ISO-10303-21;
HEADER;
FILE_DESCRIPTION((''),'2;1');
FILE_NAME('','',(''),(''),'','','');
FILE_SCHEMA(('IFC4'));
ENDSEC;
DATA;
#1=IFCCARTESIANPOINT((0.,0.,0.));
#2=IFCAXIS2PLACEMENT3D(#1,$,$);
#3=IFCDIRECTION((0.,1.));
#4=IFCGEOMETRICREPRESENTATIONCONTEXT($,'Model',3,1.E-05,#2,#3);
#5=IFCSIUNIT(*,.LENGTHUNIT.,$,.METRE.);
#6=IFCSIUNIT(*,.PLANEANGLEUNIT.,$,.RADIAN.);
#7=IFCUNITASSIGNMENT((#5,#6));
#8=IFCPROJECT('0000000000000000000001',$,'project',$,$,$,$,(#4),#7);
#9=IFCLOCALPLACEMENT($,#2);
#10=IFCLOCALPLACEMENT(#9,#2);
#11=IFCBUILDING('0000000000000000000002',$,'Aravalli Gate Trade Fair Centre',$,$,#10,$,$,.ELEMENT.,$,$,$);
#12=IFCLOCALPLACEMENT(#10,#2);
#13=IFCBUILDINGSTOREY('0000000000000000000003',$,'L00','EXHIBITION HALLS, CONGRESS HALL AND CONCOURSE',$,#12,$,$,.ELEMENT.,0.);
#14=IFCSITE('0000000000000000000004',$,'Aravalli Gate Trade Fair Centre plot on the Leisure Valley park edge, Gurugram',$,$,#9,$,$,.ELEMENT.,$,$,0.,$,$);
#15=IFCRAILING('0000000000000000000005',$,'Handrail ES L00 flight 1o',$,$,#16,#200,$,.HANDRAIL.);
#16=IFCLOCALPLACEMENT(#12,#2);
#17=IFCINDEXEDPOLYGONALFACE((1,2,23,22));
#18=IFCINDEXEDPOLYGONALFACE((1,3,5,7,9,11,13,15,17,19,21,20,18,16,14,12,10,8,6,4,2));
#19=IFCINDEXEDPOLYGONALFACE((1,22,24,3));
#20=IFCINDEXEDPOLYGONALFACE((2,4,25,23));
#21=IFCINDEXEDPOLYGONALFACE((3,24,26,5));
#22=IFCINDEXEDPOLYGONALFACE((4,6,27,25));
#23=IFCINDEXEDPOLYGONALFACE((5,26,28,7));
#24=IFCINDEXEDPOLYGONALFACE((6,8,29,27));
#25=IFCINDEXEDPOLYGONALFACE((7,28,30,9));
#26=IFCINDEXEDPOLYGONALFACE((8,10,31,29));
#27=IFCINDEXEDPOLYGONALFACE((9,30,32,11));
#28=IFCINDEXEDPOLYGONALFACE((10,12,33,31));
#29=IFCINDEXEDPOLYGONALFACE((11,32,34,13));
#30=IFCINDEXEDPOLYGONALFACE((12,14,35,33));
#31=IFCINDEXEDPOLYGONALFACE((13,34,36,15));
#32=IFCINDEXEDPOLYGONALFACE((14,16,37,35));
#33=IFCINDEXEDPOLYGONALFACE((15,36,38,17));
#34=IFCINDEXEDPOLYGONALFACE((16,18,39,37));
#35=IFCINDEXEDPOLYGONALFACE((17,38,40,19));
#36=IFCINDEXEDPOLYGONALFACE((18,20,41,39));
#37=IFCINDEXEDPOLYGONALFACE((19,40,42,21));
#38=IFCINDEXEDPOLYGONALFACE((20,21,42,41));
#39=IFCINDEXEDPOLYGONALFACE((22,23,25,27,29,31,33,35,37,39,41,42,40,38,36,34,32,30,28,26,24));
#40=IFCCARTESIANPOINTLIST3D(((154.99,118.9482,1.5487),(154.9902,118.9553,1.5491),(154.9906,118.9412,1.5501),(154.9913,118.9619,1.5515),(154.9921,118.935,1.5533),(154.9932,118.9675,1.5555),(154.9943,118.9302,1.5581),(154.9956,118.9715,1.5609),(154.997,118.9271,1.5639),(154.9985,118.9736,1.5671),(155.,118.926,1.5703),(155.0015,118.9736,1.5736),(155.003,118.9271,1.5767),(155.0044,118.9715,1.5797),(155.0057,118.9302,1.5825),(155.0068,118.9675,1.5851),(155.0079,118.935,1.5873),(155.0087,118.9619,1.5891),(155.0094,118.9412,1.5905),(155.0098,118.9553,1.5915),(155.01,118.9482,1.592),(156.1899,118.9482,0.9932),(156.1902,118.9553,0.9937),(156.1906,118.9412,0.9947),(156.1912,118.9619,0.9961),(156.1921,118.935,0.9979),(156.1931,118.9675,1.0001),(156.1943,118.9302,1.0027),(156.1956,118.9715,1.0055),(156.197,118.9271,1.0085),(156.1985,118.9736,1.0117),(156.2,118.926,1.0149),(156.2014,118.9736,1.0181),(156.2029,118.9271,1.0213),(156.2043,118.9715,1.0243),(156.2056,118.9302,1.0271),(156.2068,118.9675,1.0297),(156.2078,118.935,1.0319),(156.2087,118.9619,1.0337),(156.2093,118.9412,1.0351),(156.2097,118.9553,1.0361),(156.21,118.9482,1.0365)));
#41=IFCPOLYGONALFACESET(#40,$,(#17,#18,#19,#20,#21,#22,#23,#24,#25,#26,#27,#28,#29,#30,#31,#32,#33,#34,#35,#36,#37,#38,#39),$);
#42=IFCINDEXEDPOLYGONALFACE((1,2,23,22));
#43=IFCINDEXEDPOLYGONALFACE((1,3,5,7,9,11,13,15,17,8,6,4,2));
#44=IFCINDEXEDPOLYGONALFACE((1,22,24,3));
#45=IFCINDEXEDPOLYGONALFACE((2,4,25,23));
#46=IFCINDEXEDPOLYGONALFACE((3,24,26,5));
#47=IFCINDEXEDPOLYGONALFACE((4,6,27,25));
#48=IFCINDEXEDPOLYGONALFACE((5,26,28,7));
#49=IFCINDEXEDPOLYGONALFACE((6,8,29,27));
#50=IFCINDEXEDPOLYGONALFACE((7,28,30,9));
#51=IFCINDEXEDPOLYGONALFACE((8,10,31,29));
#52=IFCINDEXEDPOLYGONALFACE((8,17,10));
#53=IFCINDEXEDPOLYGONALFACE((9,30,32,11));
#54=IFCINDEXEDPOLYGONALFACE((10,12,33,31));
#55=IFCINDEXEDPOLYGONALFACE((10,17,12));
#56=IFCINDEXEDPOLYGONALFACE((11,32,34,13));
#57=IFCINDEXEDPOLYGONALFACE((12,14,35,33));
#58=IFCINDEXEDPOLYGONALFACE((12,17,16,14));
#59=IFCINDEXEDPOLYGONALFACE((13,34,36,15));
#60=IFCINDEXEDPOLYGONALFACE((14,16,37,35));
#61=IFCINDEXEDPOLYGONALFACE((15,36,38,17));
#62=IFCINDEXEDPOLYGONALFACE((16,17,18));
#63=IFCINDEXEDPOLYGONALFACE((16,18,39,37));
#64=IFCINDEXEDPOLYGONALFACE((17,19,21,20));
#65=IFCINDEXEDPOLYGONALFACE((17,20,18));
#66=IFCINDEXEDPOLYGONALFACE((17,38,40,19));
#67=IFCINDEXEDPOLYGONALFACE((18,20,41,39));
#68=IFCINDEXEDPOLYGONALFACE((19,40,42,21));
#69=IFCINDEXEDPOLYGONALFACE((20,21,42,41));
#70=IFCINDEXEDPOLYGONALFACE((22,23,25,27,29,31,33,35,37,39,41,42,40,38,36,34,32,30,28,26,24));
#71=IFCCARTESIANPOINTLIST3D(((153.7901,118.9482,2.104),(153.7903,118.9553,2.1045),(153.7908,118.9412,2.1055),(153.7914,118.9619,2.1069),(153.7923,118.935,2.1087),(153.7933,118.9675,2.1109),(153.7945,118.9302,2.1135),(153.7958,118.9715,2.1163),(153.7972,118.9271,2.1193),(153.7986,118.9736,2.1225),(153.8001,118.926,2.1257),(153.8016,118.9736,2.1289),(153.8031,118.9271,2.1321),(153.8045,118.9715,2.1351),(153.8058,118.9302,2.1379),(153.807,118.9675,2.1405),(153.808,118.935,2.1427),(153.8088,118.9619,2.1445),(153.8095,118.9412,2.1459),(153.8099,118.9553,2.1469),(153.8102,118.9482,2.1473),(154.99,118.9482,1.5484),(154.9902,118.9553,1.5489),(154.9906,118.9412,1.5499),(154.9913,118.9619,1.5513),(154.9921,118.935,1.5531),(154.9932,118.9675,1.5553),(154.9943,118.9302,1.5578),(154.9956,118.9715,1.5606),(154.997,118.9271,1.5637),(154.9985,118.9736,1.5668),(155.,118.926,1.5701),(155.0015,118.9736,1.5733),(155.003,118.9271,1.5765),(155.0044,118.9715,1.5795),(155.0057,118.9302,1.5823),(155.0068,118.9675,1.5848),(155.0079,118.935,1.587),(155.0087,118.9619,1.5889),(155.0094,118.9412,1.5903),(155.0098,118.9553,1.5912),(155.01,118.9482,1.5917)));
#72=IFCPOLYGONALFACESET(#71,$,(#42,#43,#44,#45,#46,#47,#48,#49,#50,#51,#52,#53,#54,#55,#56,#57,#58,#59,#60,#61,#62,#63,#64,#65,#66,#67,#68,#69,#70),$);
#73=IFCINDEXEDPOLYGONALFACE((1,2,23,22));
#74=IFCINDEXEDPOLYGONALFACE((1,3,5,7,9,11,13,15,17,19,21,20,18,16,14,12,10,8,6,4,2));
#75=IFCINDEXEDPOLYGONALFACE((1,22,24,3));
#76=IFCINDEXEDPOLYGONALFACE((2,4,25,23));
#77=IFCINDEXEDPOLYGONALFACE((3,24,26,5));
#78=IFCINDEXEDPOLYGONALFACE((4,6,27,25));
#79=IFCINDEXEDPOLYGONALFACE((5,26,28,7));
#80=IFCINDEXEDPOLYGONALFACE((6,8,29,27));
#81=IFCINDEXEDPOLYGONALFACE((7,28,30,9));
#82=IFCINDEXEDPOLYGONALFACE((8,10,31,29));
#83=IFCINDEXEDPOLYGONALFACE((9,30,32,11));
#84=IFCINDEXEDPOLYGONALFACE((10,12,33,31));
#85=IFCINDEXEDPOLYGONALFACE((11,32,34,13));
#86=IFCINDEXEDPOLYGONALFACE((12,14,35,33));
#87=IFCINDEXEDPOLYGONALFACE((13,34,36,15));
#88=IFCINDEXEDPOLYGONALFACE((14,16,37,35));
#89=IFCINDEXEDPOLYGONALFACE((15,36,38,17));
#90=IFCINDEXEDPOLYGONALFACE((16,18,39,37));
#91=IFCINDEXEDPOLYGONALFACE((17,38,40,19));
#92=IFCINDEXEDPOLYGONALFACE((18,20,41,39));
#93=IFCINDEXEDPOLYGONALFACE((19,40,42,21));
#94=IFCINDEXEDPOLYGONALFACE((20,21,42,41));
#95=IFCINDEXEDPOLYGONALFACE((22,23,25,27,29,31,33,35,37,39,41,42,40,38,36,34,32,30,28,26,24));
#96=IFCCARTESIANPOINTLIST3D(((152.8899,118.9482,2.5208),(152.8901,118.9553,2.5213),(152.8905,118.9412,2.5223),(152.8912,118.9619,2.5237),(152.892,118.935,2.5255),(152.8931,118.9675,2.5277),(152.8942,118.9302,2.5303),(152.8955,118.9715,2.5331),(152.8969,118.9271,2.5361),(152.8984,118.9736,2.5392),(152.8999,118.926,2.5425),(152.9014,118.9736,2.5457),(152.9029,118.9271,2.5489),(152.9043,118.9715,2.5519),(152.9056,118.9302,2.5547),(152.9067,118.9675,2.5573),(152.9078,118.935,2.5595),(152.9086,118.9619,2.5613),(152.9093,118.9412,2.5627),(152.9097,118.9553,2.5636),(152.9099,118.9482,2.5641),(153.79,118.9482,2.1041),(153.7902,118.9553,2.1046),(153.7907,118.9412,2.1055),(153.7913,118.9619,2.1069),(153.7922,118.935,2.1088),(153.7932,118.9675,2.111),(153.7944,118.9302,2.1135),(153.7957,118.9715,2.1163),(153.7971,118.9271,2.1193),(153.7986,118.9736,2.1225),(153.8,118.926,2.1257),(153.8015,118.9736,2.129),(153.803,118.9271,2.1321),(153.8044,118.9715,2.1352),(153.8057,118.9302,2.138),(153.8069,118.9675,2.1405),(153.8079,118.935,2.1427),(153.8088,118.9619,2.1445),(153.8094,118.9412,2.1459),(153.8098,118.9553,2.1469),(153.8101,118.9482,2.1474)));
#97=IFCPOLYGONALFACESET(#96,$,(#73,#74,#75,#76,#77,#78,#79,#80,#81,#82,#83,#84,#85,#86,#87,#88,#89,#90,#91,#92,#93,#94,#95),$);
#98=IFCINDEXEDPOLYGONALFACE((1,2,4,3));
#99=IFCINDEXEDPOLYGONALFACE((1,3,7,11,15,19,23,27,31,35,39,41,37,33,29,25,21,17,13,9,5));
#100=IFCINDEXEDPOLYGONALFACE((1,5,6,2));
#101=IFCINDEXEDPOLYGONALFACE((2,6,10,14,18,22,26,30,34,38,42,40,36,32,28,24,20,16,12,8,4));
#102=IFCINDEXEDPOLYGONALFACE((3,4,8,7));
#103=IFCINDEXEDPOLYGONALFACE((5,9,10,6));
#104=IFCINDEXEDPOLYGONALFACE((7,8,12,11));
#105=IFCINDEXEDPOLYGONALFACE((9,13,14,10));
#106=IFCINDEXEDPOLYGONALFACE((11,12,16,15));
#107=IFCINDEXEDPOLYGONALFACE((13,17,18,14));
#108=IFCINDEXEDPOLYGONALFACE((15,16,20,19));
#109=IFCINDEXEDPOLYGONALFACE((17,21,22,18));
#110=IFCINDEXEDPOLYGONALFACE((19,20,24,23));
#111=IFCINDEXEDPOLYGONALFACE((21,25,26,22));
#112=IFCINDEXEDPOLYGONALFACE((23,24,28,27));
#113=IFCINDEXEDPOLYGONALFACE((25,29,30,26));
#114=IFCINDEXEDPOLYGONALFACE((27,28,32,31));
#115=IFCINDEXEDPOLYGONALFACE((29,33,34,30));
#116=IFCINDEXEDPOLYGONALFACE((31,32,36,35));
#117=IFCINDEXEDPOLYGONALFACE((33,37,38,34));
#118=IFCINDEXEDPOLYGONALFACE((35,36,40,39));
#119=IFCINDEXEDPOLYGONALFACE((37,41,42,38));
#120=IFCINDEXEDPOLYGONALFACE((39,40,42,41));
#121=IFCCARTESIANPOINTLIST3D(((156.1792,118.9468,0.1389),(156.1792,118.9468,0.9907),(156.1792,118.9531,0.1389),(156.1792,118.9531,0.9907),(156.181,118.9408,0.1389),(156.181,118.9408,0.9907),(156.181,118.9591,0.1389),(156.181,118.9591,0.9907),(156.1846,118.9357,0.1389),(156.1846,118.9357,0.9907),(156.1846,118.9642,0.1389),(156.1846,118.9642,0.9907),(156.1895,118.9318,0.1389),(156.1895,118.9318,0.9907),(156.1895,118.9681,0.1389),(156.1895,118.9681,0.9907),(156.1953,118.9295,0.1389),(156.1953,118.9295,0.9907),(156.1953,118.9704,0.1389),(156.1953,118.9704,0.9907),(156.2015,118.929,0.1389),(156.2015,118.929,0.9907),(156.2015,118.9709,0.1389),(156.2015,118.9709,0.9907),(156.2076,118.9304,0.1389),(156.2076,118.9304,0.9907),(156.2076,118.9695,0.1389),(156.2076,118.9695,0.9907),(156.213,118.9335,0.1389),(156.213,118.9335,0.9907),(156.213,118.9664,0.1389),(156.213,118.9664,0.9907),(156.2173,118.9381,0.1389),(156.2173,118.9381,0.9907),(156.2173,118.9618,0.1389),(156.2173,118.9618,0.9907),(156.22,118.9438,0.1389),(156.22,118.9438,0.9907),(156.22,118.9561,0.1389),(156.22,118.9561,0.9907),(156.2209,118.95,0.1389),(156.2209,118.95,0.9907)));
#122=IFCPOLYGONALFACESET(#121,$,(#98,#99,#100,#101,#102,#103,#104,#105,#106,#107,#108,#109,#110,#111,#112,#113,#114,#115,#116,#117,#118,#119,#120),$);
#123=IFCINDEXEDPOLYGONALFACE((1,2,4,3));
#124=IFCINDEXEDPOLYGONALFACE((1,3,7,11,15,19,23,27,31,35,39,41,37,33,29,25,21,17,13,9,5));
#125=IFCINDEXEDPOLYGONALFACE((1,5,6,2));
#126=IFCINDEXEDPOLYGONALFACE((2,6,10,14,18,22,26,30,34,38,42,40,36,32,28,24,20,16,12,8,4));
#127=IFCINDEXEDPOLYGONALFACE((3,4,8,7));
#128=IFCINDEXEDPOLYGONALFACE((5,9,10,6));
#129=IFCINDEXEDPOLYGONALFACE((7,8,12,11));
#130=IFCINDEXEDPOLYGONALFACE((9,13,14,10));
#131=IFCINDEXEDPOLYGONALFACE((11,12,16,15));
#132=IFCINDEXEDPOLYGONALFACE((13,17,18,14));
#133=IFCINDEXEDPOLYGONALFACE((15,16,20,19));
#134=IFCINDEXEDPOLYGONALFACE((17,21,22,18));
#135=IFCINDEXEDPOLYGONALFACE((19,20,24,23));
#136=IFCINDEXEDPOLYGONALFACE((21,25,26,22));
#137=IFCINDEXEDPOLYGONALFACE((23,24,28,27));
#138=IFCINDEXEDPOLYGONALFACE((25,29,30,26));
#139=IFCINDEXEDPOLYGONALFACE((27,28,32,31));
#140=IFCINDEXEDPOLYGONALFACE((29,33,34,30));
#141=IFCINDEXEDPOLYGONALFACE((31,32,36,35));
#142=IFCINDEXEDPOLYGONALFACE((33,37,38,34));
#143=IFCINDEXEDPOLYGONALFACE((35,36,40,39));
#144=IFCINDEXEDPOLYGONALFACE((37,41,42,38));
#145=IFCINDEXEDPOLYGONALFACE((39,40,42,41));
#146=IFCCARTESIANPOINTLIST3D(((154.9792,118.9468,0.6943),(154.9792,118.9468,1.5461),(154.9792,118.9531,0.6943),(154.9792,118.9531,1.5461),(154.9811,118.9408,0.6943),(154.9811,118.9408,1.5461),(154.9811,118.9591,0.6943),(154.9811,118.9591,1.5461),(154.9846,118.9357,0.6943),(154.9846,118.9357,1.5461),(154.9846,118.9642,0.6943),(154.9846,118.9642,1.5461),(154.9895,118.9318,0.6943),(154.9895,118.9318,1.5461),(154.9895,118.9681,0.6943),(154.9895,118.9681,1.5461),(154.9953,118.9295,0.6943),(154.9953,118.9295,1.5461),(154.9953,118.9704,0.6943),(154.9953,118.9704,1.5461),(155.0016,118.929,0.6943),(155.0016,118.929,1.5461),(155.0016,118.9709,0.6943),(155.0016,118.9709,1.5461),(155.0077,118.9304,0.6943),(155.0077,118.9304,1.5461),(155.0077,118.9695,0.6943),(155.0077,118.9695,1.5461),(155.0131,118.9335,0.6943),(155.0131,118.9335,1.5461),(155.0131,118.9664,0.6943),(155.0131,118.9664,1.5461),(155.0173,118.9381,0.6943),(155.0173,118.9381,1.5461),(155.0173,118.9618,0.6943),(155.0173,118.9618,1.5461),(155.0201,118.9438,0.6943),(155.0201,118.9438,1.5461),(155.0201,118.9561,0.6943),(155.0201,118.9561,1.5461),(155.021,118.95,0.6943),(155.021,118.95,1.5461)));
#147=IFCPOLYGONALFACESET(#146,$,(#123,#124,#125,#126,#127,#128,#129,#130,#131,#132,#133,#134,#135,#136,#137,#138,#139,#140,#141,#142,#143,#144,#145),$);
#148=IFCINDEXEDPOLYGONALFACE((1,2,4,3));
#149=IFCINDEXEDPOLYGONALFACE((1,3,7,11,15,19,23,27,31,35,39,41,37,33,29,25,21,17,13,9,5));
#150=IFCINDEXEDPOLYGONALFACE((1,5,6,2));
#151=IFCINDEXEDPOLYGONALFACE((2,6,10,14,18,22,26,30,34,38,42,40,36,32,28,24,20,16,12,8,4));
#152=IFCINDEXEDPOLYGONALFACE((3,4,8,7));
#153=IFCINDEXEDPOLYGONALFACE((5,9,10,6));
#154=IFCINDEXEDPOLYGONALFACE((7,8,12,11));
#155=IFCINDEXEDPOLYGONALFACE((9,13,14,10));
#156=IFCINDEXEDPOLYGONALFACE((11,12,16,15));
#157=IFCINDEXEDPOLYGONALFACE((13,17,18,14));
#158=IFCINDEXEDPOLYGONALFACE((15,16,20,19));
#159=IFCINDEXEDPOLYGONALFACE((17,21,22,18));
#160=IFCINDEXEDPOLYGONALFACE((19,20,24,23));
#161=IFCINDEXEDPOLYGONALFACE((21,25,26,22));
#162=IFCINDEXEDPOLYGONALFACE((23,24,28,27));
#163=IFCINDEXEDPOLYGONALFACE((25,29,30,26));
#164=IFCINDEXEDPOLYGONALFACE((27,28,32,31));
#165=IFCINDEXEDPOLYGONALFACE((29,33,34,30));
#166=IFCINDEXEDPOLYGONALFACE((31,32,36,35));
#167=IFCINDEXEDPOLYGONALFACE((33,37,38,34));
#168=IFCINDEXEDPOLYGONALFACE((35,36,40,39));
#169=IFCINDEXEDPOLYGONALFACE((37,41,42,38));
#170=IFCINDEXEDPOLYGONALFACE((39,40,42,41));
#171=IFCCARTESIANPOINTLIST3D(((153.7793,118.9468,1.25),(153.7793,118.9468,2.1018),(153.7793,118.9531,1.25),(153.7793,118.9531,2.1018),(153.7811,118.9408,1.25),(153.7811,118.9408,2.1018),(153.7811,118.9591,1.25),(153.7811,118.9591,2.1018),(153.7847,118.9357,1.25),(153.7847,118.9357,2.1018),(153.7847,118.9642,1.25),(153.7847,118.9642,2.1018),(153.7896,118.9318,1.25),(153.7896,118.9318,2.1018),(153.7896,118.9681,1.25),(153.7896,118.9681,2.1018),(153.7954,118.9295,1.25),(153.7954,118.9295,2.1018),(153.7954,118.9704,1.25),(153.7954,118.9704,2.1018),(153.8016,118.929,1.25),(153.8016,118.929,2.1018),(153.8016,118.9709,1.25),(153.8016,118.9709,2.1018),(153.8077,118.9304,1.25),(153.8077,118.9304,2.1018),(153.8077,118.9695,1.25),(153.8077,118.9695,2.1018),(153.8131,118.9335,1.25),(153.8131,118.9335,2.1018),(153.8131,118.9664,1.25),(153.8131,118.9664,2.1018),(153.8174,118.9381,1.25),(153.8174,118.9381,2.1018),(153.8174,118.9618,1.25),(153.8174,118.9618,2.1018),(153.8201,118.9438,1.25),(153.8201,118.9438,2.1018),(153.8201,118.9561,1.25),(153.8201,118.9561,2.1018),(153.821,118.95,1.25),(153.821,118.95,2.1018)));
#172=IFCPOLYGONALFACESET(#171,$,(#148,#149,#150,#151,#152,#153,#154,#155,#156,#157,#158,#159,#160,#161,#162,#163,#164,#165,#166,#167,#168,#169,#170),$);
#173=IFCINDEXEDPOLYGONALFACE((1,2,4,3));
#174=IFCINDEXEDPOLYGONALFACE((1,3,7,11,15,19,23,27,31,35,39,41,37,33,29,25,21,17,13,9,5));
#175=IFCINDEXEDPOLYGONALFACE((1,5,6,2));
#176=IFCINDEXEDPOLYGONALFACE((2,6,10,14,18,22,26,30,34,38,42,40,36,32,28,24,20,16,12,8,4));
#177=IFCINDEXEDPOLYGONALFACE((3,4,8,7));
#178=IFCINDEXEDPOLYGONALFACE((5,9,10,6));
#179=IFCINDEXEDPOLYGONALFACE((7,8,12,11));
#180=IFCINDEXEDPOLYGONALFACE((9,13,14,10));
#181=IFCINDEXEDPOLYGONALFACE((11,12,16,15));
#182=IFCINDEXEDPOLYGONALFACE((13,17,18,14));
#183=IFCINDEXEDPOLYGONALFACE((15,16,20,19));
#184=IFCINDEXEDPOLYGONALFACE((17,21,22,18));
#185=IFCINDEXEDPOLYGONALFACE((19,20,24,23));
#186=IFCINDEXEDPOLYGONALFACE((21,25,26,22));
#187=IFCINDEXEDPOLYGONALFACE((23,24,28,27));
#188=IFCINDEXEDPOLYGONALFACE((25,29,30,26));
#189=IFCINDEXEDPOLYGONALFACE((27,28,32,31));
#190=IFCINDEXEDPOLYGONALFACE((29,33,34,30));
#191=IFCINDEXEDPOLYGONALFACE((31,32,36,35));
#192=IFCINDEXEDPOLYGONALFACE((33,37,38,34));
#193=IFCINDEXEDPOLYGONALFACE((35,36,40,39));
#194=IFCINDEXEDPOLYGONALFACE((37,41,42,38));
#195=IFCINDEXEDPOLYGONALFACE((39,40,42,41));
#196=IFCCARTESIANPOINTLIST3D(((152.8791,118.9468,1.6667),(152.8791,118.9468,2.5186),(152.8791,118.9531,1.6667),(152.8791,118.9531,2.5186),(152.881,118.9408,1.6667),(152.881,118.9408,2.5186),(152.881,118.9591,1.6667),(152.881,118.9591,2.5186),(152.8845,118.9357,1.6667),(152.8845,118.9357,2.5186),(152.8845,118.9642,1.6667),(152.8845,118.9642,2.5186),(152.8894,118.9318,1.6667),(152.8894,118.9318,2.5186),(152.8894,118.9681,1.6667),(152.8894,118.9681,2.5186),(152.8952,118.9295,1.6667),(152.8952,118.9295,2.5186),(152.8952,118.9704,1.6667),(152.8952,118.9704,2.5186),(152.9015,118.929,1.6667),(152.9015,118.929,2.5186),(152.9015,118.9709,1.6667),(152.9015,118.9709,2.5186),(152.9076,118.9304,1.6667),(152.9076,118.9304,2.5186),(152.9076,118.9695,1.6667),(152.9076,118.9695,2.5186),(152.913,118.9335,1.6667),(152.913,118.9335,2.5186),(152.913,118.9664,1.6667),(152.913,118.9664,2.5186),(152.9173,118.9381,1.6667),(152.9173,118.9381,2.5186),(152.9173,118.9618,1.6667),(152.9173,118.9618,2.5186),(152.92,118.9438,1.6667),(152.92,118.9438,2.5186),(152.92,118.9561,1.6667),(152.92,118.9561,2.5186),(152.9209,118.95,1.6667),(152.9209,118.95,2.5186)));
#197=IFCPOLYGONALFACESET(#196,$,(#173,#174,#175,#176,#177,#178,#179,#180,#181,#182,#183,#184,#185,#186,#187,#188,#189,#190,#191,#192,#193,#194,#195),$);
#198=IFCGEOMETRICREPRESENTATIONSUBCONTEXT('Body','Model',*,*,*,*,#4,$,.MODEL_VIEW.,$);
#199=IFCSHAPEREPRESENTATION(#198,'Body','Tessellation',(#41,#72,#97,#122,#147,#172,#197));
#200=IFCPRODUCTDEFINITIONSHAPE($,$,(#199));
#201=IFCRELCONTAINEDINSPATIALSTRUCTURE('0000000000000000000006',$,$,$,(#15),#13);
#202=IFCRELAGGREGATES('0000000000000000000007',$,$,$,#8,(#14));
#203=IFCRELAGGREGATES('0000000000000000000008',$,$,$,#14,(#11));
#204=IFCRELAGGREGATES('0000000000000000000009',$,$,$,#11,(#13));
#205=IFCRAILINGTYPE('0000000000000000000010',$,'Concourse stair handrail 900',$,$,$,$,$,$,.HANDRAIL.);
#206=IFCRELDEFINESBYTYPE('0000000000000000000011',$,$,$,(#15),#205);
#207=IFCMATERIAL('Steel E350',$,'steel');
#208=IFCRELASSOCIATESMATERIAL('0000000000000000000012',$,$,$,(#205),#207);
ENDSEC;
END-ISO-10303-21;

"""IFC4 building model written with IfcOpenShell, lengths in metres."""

from ifc_helpers import new_model, si_unit, direction, frame, origin, origin_2d, place, context, subcontext, project, spatial, circle, extrude, material, type_object, element, save


model = new_model("IFC4")

# Units and contexts
model_context = context("Model", 3, precision=1e-05, world=origin(), true_north=direction((0.0, 1.0)))
body_context = subcontext(model_context, "Body", "Model", "MODEL_VIEW")
ifc_project = project(units=[si_unit("LENGTHUNIT", "METRE"), si_unit("PLANEANGLEUNIT", "RADIAN")], contexts=[model_context])

# Site, building, storey
site_placement = place(None, origin())
site = spatial("IfcSite", under=ifc_project, at=site_placement, Name="Aravalli Gate Trade Fair Centre plot on the Leisure Valley park edge, Gurugram", CompositionType="ELEMENT", RefElevation=0.0)
building_placement = place(site_placement, origin())
building = spatial("IfcBuilding", under=site, at=building_placement, Name="Aravalli Gate Trade Fair Centre", CompositionType="ELEMENT")
storey_placement = place(building_placement, origin())
storey = spatial("IfcBuildingStorey", under=building, at=storey_placement, Name="L00", Description="EXHIBITION HALLS, CONGRESS HALL AND CONCOURSE", CompositionType="ELEMENT", Elevation=0.0)

# Shared definitions
ifc_material_1 = material(Name="Steel E350", Category="steel")

# Railing
railing_type_1 = type_object("IfcRailingType", Name="Concourse stair handrail 900", PredefinedType="HANDRAIL", material=ifc_material_1)
railing_1_placement = place(storey_placement, frame((156.2, 118.95, 0.1389)))
element("IfcRailing", 1, at=railing_1_placement, inside=storey, type_object=railing_type_1, Name="Handrail ES L00 flight 1o", PredefinedType="HANDRAIL", context=body_context, shape_type="SweptSolid", body=[
    extrude(circle(Radius=0.0239, at=origin_2d()), frame((0.0, 0.0, 0.876), z_axis=(-0.907499, 0.0, 0.420053), x_axis=(0.0, -1.0, 0.0)), (0.0, 0.0, 1.0), 1.3223),
    extrude(circle(Radius=0.0239, at=origin_2d()), frame((-1.2, 0.0, 1.4312), z_axis=(-0.907429, 0.0, 0.420205), x_axis=(0.0, -1.0, 0.0)), (0.0, 0.0, 1.0), 1.3223),
    extrude(circle(Radius=0.0239, at=origin_2d()), frame((-2.3999, 0.0, 1.9868), z_axis=(-0.907462, 0.0, 0.420135), x_axis=(0.0, -1.0, 0.0)), (0.0, 0.0, 1.0), 0.9919),
    extrude(circle(Radius=0.021, at=origin_2d()), origin(), (0.0, 0.0, 1.0), 0.8518),
    extrude(circle(Radius=0.021, at=origin_2d()), frame((-1.2, 0.0, 0.5554)), (0.0, 0.0, 1.0), 0.8518),
    extrude(circle(Radius=0.021, at=origin_2d()), frame((-2.3999, 0.0, 1.1111)), (0.0, 0.0, 1.0), 0.8518),
    extrude(circle(Radius=0.021, at=origin_2d()), frame((-3.3, 0.0, 1.5278)), (0.0, 0.0, 1.0), 0.8518),
])

save(model, "model.ifc")
